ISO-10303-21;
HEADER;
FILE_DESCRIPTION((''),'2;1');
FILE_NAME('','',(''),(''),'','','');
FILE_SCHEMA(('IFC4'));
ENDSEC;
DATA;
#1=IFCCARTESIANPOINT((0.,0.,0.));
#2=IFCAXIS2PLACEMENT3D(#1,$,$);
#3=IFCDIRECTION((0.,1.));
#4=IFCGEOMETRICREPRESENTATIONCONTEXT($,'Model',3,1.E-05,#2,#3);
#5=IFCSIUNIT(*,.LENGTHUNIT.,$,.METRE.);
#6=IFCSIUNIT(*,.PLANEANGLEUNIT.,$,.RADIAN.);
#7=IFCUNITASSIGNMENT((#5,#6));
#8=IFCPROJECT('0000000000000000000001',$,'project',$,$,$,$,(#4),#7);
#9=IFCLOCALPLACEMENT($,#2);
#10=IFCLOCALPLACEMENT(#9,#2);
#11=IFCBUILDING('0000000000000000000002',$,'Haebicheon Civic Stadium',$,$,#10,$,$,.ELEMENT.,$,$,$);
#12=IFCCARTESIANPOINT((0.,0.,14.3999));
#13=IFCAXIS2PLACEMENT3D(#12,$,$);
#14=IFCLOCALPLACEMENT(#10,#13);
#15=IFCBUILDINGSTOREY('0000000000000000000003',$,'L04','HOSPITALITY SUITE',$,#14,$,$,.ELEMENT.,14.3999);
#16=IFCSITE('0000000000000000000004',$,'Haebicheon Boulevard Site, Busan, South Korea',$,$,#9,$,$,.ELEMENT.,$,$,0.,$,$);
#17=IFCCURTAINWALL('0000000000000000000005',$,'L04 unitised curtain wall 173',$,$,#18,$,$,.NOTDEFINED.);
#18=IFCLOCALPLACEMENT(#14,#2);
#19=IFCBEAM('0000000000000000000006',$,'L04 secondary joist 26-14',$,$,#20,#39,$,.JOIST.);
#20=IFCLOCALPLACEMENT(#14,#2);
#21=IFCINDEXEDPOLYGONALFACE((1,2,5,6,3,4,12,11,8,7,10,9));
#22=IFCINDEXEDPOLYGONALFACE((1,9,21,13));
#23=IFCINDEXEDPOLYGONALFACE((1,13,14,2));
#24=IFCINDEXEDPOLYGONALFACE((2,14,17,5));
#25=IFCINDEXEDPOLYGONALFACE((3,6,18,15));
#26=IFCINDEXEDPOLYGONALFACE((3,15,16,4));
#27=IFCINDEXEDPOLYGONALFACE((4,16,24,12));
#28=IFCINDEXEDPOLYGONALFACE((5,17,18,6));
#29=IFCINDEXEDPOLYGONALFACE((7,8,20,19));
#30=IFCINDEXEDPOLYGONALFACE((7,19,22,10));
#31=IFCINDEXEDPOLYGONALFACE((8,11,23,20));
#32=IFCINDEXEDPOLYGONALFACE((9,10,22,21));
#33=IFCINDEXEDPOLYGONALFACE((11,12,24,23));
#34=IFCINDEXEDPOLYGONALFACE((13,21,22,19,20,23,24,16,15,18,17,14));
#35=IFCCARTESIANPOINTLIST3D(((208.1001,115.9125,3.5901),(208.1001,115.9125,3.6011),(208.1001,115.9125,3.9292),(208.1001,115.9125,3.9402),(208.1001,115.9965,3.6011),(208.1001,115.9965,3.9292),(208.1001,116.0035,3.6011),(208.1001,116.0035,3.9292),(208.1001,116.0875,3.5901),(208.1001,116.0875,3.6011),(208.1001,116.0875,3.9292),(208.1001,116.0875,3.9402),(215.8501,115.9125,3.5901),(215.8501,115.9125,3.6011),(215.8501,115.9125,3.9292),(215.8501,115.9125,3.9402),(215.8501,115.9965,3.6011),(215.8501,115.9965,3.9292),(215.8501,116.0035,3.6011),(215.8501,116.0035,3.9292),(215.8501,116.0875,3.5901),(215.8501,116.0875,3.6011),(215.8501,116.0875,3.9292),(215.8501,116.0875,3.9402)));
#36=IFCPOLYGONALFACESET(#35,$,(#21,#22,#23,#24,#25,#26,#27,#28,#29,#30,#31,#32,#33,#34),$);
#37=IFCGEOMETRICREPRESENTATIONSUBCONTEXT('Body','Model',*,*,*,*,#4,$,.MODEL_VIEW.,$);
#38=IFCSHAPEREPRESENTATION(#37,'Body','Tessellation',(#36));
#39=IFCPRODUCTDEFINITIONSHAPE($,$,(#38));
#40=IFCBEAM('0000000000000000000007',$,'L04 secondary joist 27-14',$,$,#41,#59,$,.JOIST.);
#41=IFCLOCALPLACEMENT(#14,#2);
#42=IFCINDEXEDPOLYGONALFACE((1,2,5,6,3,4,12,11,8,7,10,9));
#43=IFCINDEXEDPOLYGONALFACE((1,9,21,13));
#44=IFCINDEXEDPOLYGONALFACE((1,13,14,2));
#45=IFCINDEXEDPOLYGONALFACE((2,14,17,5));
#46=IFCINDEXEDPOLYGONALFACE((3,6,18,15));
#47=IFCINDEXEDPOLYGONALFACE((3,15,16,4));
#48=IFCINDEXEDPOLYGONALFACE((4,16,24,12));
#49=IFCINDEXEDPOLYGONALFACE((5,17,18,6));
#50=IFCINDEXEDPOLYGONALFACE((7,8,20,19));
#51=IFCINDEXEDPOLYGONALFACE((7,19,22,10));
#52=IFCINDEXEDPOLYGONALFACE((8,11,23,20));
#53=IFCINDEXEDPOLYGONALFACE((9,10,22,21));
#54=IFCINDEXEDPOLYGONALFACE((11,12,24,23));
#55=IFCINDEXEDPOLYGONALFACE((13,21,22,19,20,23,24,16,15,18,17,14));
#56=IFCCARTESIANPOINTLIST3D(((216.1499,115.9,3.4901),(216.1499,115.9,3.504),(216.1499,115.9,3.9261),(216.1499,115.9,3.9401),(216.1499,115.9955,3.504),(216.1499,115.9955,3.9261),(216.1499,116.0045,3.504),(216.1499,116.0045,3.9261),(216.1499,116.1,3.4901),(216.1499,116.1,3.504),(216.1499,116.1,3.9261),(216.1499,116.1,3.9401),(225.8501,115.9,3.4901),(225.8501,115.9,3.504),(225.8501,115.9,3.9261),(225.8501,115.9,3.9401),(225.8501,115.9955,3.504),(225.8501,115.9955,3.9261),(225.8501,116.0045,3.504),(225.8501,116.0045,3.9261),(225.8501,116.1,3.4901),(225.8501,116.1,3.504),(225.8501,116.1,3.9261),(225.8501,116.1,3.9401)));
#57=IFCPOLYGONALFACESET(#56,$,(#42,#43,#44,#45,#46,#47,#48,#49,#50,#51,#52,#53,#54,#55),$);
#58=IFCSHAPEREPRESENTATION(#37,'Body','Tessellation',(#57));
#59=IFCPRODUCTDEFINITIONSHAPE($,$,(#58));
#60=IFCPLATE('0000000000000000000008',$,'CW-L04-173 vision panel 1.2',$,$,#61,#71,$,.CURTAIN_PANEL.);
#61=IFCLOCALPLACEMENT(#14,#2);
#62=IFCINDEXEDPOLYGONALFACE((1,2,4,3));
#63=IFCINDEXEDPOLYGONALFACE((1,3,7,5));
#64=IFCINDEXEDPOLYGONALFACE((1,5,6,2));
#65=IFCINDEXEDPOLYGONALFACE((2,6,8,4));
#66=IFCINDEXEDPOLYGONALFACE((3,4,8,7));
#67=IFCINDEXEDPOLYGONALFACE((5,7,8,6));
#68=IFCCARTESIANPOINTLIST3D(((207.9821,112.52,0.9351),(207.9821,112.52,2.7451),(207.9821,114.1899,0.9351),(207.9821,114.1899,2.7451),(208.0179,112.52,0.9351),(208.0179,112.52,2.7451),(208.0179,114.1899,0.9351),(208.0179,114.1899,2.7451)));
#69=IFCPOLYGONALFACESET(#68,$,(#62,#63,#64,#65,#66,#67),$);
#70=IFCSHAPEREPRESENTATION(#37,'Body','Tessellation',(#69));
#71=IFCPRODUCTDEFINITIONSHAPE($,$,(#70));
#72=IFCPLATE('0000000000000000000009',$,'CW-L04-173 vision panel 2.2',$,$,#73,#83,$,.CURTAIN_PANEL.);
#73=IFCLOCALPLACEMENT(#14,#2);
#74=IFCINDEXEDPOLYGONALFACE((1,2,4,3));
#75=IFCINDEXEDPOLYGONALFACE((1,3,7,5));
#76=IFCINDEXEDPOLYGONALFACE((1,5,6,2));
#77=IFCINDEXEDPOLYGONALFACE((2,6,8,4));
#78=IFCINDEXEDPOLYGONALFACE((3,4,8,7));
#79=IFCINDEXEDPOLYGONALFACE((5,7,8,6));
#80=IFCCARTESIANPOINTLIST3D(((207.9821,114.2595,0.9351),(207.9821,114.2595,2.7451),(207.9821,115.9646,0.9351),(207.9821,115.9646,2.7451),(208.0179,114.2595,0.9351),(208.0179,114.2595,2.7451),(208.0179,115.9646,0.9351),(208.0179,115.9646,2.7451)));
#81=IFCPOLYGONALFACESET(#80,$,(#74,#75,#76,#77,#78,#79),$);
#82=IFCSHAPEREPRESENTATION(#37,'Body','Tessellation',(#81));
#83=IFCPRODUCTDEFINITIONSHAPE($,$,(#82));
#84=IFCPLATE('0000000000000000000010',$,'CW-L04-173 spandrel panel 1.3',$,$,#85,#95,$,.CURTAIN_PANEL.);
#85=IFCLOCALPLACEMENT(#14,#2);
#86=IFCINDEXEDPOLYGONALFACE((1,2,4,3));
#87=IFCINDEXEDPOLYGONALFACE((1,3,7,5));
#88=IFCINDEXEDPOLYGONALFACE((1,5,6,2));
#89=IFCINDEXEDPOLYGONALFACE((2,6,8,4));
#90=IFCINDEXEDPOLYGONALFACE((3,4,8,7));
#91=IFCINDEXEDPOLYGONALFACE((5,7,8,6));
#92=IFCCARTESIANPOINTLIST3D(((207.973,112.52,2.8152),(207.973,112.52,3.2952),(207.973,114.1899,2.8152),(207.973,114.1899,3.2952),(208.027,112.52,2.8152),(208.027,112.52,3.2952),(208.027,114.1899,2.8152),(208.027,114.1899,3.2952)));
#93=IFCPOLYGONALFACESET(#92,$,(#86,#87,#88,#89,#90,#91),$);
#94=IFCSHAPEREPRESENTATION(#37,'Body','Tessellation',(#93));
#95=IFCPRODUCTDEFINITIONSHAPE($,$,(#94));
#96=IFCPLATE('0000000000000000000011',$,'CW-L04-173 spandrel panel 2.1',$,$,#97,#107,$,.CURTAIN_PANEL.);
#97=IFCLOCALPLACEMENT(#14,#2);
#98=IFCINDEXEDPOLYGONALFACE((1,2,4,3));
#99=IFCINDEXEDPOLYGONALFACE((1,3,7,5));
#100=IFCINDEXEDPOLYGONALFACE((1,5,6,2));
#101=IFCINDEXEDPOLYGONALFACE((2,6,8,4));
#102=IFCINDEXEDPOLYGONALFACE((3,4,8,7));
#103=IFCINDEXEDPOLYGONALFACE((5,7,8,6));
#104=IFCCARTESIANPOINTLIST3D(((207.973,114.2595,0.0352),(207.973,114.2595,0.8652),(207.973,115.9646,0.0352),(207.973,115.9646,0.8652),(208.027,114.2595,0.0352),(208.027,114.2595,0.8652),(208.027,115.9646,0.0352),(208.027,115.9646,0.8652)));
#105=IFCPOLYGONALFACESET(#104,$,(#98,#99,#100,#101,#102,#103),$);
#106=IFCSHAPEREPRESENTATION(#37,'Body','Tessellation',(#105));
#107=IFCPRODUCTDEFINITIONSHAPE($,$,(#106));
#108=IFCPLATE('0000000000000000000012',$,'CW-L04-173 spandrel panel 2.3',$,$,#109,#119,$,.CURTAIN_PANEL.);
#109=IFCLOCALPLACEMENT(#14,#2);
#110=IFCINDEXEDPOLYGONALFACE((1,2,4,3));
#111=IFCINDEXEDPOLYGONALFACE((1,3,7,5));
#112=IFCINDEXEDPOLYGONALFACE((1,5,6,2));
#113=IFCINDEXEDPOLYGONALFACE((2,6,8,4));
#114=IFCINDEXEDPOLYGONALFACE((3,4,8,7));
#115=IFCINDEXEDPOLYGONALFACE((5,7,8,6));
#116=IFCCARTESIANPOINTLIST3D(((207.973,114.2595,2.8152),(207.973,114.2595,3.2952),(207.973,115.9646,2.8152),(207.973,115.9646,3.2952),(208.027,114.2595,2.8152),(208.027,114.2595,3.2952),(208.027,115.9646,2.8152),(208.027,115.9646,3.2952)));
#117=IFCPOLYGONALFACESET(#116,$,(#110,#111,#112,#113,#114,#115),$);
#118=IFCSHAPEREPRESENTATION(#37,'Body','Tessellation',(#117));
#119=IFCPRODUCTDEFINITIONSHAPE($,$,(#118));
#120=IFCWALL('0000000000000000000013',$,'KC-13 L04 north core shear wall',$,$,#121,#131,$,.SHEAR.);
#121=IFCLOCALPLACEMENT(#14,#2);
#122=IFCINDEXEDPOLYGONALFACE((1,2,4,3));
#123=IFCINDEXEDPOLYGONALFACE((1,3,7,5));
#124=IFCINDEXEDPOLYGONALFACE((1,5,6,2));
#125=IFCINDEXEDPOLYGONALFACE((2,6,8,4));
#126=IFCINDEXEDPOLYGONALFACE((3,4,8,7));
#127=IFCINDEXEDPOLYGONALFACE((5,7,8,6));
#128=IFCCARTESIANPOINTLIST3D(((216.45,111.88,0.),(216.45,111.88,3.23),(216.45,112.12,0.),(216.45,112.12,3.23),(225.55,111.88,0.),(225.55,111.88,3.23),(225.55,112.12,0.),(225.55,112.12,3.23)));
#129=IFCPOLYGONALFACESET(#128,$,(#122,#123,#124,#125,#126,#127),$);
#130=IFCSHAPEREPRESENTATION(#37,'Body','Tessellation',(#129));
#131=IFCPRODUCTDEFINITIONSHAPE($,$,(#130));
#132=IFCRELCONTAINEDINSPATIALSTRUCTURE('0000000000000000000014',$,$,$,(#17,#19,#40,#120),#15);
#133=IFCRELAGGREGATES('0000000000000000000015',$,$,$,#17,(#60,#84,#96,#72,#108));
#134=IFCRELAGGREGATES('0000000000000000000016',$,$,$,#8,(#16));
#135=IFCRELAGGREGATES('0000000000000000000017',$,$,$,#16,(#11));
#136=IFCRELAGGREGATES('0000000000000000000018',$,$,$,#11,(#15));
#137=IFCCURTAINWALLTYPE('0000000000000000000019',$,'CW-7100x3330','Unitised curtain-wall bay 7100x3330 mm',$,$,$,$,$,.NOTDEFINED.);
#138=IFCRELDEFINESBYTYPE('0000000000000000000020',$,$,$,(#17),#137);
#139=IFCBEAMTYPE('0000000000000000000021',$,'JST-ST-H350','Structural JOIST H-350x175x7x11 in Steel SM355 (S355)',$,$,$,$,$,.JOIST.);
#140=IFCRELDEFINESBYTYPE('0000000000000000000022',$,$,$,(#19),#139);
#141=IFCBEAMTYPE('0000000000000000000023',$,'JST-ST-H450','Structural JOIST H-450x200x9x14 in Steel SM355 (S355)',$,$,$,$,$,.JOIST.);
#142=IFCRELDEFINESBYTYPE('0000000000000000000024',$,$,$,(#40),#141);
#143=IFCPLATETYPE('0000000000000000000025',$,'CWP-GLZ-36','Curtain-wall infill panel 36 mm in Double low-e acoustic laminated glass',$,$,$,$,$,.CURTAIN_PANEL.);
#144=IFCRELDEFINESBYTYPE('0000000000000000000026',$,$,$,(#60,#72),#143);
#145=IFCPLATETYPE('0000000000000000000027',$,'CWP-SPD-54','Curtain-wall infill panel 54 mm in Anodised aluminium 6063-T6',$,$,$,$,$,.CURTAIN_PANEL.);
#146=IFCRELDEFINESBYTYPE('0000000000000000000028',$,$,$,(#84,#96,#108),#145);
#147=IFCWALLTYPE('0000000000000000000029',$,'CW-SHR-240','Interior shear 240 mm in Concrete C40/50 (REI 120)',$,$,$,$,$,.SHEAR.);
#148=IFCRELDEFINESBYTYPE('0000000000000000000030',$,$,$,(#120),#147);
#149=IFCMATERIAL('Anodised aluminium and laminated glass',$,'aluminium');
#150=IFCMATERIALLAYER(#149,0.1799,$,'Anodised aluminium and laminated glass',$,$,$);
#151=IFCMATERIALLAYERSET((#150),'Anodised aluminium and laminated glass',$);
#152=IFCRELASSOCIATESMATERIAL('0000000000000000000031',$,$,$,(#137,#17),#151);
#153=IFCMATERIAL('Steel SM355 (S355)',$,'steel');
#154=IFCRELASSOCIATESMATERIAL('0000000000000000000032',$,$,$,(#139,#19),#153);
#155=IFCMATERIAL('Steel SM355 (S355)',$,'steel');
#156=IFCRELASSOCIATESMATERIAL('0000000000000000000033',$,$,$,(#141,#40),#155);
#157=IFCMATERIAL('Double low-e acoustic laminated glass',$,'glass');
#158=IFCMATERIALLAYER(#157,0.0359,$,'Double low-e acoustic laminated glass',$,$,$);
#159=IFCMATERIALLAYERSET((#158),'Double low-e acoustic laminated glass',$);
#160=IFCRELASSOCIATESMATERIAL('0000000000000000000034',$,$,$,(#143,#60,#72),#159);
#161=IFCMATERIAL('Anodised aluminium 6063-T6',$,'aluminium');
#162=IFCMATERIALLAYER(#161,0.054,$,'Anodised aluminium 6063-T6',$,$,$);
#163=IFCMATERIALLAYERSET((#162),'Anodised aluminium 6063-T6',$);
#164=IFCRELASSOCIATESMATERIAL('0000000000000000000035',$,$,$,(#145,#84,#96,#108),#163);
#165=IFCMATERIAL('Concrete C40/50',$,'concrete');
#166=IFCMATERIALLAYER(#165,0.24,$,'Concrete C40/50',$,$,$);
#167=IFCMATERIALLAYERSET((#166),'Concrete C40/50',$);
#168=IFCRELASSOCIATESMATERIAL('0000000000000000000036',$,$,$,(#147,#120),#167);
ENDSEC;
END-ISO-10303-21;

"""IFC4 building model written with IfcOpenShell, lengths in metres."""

from ifc_helpers import new_model, si_unit, direction, frame, frame_2d, origin, origin_2d, place, context, subcontext, project, spatial, rectangle, i_section, extrude, material, layer, layer_set, material_profile, profile_set, type_object, element, aggregate, save


model = new_model("IFC4")

# Units and contexts
model_context = context("Model", 3, precision=1e-05, world=origin(), true_north=direction((0.0, 1.0)))
body_context = subcontext(model_context, "Body", "Model", "MODEL_VIEW")
ifc_project = project(units=[si_unit("LENGTHUNIT", "METRE"), si_unit("PLANEANGLEUNIT", "RADIAN")], contexts=[model_context])

# Site, building, storey
site_placement = place(None, origin())
site = spatial("IfcSite", under=ifc_project, at=site_placement, Name="Haebicheon Boulevard Site, Busan, South Korea", CompositionType="ELEMENT", RefElevation=0.0)
building_placement = place(site_placement, origin())
building = spatial("IfcBuilding", under=site, at=building_placement, Name="Haebicheon Civic Stadium", CompositionType="ELEMENT")
storey_placement = place(building_placement, frame((0.0, 0.0, 14.3999)))
storey = spatial("IfcBuildingStorey", under=building, at=storey_placement, Name="L04", Description="HOSPITALITY SUITE", CompositionType="ELEMENT", Elevation=14.3999)

# Curtain wall
ifc_material_1 = material(Name="Anodised aluminium and laminated glass", Category="aluminium")
ifc_layer_1 = layer(ifc_material_1, 0.1799, Name="Anodised aluminium and laminated glass")
ifc_layer_set_1 = layer_set([ifc_layer_1], Name="Anodised aluminium and laminated glass")
curtain_wall_type = type_object("IfcCurtainWallType", Name="CW-7100x3330", Description="Unitised curtain-wall bay 7100x3330 mm", PredefinedType="NOTDEFINED", material=ifc_layer_set_1)
curtain_wall_placement = place(storey_placement, origin())
curtain_wall = element("IfcCurtainWall", 1, at=curtain_wall_placement, inside=storey, type_object=curtain_wall_type, material=ifc_layer_set_1, Name="L04 unitised curtain wall 173", PredefinedType="NOTDEFINED")

# Beams
ifc_material_2 = material(Name="Steel SM355 (S355)", Category="steel")
ifc_material_profile_1 = material_profile(ifc_material_2, i_section(OverallWidth=0.175, OverallDepth=0.3501, WebThickness=0.0071, FlangeThickness=0.011, at=origin_2d()), Name="H-350x175x7x11")
ifc_profile_set_1 = profile_set([ifc_material_profile_1], Name="Steel SM355 (S355)")
beam_type_1 = type_object("IfcBeamType", Name="JST-ST-H350", Description="Structural JOIST H-350x175x7x11 in Steel SM355 (S355)", PredefinedType="JOIST", material=ifc_profile_set_1)
beam_1_placement = place(storey_placement, frame((208.1001, 116.0, 3.7651), z_axis=(1.0, 0.0, 0.0), x_axis=(0.0, 1.0, 0.0)))
element("IfcBeam", 2, at=beam_1_placement, inside=storey, type_object=beam_type_1, material=ifc_profile_set_1, Name="L04 secondary joist 26-14", PredefinedType="JOIST", context=body_context, shape_type="SweptSolid", body=[
    extrude(i_section(OverallWidth=0.175, OverallDepth=0.3501, WebThickness=0.0071, FlangeThickness=0.011, at=origin_2d()), origin(), (0.0, 0.0, 1.0), 7.75),
])
ifc_material_3 = material(Name="Steel SM355 (S355)", Category="steel")
ifc_material_profile_2 = material_profile(ifc_material_3, i_section(OverallWidth=0.2, OverallDepth=0.45, WebThickness=0.009, FlangeThickness=0.0139, at=origin_2d()), Name="H-450x200x9x14")
ifc_profile_set_2 = profile_set([ifc_material_profile_2], Name="Steel SM355 (S355)")
beam_type_2 = type_object("IfcBeamType", Name="JST-ST-H450", Description="Structural JOIST H-450x200x9x14 in Steel SM355 (S355)", PredefinedType="JOIST", material=ifc_profile_set_2)
beam_2_placement = place(storey_placement, frame((216.1499, 116.0, 3.7151), z_axis=(1.0, 0.0, 0.0), x_axis=(0.0, 1.0, 0.0)))
element("IfcBeam", 3, at=beam_2_placement, inside=storey, type_object=beam_type_2, material=ifc_profile_set_2, Name="L04 secondary joist 27-14", PredefinedType="JOIST", context=body_context, shape_type="SweptSolid", body=[
    extrude(i_section(OverallWidth=0.2, OverallDepth=0.45, WebThickness=0.009, FlangeThickness=0.0139, at=origin_2d()), origin(), (0.0, 0.0, 1.0), 9.7002),
])

# Plates
ifc_material_4 = material(Name="Double low-e acoustic laminated glass", Category="glass")
ifc_layer_2 = layer(ifc_material_4, 0.0359, Name="Double low-e acoustic laminated glass")
ifc_layer_set_2 = layer_set([ifc_layer_2], Name="Double low-e acoustic laminated glass")
plate_type_1 = type_object("IfcPlateType", Name="CWP-GLZ-36", Description="Curtain-wall infill panel 36 mm in Double low-e acoustic laminated glass", PredefinedType="CURTAIN_PANEL", material=ifc_layer_set_2)
plate_1_placement = place(storey_placement, frame((208.0, 113.355, 0.9351), z_axis=(0.0, 0.0, 1.0), x_axis=(0.0, 1.0, 0.0)))
plate_1 = element("IfcPlate", 4, at=plate_1_placement, type_object=plate_type_1, material=ifc_layer_set_2, Name="CW-L04-173 vision panel 1.2", PredefinedType="CURTAIN_PANEL", context=body_context, shape_type="SweptSolid", body=[
    extrude(rectangle(XDim=1.6699, YDim=0.0359, at=origin_2d()), origin(), (0.0, 0.0, 1.0), 1.8101),
])
plate_2_placement = place(storey_placement, frame((208.0, 115.1121, 0.9351), z_axis=(0.0, 0.0, 1.0), x_axis=(0.0, 1.0, 0.0)))
plate_2 = element("IfcPlate", 5, at=plate_2_placement, type_object=plate_type_1, material=ifc_layer_set_2, Name="CW-L04-173 vision panel 2.2", PredefinedType="CURTAIN_PANEL", context=body_context, shape_type="SweptSolid", body=[
    extrude(rectangle(XDim=1.7051, YDim=0.0359, at=origin_2d()), origin(), (0.0, 0.0, 1.0), 1.8101),
])
ifc_material_5 = material(Name="Anodised aluminium 6063-T6", Category="aluminium")
ifc_layer_3 = layer(ifc_material_5, 0.054, Name="Anodised aluminium 6063-T6")
ifc_layer_set_3 = layer_set([ifc_layer_3], Name="Anodised aluminium 6063-T6")
plate_type_2 = type_object("IfcPlateType", Name="CWP-SPD-54", Description="Curtain-wall infill panel 54 mm in Anodised aluminium 6063-T6", PredefinedType="CURTAIN_PANEL", material=ifc_layer_set_3)
plate_3_placement = place(storey_placement, frame((208.0, 113.355, 2.8152), z_axis=(0.0, 0.0, 1.0), x_axis=(0.0, 1.0, 0.0)))
plate_3 = element("IfcPlate", 6, at=plate_3_placement, type_object=plate_type_2, material=ifc_layer_set_3, Name="CW-L04-173 spandrel panel 1.3", PredefinedType="CURTAIN_PANEL", context=body_context, shape_type="SweptSolid", body=[
    extrude(rectangle(XDim=1.6699, YDim=0.054, at=origin_2d()), origin(), (0.0, 0.0, 1.0), 0.48),
])
plate_4_placement = place(storey_placement, frame((208.0, 115.1121, 0.0352), z_axis=(0.0, 0.0, 1.0), x_axis=(0.0, 1.0, 0.0)))
plate_4 = element("IfcPlate", 7, at=plate_4_placement, type_object=plate_type_2, material=ifc_layer_set_3, Name="CW-L04-173 spandrel panel 2.1", PredefinedType="CURTAIN_PANEL", context=body_context, shape_type="SweptSolid", body=[
    extrude(rectangle(XDim=1.7051, YDim=0.054, at=origin_2d()), origin(), (0.0, 0.0, 1.0), 0.8301),
])
plate_5_placement = place(storey_placement, frame((208.0, 115.1121, 2.8152), z_axis=(0.0, 0.0, 1.0), x_axis=(0.0, 1.0, 0.0)))
plate_5 = element("IfcPlate", 8, at=plate_5_placement, type_object=plate_type_2, material=ifc_layer_set_3, Name="CW-L04-173 spandrel panel 2.3", PredefinedType="CURTAIN_PANEL", context=body_context, shape_type="SweptSolid", body=[
    extrude(rectangle(XDim=1.7051, YDim=0.054, at=origin_2d()), origin(), (0.0, 0.0, 1.0), 0.48),
])
aggregate(curtain_wall, [plate_1, plate_3, plate_4, plate_2, plate_5])

# Wall
ifc_material_6 = material(Name="Concrete C40/50", Category="concrete")
ifc_layer_4 = layer(ifc_material_6, 0.24, Name="Concrete C40/50")
ifc_layer_set_4 = layer_set([ifc_layer_4], Name="Concrete C40/50")
wall_type = type_object("IfcWallType", Name="CW-SHR-240", Description="Interior shear 240 mm in Concrete C40/50 (REI 120)", PredefinedType="SHEAR", material=ifc_layer_set_4)
wall_placement = place(storey_placement, frame((216.45, 112.0, 0.0), z_axis=(0.0, 0.0, 1.0), x_axis=(1.0, 0.0, 0.0)))
element("IfcWall", 9, at=wall_placement, inside=storey, type_object=wall_type, material=ifc_layer_set_4, Name="KC-13 L04 north core shear wall", PredefinedType="SHEAR", context=body_context, shape_type="SweptSolid", body=[
    extrude(rectangle(XDim=9.1001, YDim=0.24, at=frame_2d((4.55, 0.0))), origin(), (0.0, 0.0, 1.0), 3.23),
])

save(model, "model.ifc")
